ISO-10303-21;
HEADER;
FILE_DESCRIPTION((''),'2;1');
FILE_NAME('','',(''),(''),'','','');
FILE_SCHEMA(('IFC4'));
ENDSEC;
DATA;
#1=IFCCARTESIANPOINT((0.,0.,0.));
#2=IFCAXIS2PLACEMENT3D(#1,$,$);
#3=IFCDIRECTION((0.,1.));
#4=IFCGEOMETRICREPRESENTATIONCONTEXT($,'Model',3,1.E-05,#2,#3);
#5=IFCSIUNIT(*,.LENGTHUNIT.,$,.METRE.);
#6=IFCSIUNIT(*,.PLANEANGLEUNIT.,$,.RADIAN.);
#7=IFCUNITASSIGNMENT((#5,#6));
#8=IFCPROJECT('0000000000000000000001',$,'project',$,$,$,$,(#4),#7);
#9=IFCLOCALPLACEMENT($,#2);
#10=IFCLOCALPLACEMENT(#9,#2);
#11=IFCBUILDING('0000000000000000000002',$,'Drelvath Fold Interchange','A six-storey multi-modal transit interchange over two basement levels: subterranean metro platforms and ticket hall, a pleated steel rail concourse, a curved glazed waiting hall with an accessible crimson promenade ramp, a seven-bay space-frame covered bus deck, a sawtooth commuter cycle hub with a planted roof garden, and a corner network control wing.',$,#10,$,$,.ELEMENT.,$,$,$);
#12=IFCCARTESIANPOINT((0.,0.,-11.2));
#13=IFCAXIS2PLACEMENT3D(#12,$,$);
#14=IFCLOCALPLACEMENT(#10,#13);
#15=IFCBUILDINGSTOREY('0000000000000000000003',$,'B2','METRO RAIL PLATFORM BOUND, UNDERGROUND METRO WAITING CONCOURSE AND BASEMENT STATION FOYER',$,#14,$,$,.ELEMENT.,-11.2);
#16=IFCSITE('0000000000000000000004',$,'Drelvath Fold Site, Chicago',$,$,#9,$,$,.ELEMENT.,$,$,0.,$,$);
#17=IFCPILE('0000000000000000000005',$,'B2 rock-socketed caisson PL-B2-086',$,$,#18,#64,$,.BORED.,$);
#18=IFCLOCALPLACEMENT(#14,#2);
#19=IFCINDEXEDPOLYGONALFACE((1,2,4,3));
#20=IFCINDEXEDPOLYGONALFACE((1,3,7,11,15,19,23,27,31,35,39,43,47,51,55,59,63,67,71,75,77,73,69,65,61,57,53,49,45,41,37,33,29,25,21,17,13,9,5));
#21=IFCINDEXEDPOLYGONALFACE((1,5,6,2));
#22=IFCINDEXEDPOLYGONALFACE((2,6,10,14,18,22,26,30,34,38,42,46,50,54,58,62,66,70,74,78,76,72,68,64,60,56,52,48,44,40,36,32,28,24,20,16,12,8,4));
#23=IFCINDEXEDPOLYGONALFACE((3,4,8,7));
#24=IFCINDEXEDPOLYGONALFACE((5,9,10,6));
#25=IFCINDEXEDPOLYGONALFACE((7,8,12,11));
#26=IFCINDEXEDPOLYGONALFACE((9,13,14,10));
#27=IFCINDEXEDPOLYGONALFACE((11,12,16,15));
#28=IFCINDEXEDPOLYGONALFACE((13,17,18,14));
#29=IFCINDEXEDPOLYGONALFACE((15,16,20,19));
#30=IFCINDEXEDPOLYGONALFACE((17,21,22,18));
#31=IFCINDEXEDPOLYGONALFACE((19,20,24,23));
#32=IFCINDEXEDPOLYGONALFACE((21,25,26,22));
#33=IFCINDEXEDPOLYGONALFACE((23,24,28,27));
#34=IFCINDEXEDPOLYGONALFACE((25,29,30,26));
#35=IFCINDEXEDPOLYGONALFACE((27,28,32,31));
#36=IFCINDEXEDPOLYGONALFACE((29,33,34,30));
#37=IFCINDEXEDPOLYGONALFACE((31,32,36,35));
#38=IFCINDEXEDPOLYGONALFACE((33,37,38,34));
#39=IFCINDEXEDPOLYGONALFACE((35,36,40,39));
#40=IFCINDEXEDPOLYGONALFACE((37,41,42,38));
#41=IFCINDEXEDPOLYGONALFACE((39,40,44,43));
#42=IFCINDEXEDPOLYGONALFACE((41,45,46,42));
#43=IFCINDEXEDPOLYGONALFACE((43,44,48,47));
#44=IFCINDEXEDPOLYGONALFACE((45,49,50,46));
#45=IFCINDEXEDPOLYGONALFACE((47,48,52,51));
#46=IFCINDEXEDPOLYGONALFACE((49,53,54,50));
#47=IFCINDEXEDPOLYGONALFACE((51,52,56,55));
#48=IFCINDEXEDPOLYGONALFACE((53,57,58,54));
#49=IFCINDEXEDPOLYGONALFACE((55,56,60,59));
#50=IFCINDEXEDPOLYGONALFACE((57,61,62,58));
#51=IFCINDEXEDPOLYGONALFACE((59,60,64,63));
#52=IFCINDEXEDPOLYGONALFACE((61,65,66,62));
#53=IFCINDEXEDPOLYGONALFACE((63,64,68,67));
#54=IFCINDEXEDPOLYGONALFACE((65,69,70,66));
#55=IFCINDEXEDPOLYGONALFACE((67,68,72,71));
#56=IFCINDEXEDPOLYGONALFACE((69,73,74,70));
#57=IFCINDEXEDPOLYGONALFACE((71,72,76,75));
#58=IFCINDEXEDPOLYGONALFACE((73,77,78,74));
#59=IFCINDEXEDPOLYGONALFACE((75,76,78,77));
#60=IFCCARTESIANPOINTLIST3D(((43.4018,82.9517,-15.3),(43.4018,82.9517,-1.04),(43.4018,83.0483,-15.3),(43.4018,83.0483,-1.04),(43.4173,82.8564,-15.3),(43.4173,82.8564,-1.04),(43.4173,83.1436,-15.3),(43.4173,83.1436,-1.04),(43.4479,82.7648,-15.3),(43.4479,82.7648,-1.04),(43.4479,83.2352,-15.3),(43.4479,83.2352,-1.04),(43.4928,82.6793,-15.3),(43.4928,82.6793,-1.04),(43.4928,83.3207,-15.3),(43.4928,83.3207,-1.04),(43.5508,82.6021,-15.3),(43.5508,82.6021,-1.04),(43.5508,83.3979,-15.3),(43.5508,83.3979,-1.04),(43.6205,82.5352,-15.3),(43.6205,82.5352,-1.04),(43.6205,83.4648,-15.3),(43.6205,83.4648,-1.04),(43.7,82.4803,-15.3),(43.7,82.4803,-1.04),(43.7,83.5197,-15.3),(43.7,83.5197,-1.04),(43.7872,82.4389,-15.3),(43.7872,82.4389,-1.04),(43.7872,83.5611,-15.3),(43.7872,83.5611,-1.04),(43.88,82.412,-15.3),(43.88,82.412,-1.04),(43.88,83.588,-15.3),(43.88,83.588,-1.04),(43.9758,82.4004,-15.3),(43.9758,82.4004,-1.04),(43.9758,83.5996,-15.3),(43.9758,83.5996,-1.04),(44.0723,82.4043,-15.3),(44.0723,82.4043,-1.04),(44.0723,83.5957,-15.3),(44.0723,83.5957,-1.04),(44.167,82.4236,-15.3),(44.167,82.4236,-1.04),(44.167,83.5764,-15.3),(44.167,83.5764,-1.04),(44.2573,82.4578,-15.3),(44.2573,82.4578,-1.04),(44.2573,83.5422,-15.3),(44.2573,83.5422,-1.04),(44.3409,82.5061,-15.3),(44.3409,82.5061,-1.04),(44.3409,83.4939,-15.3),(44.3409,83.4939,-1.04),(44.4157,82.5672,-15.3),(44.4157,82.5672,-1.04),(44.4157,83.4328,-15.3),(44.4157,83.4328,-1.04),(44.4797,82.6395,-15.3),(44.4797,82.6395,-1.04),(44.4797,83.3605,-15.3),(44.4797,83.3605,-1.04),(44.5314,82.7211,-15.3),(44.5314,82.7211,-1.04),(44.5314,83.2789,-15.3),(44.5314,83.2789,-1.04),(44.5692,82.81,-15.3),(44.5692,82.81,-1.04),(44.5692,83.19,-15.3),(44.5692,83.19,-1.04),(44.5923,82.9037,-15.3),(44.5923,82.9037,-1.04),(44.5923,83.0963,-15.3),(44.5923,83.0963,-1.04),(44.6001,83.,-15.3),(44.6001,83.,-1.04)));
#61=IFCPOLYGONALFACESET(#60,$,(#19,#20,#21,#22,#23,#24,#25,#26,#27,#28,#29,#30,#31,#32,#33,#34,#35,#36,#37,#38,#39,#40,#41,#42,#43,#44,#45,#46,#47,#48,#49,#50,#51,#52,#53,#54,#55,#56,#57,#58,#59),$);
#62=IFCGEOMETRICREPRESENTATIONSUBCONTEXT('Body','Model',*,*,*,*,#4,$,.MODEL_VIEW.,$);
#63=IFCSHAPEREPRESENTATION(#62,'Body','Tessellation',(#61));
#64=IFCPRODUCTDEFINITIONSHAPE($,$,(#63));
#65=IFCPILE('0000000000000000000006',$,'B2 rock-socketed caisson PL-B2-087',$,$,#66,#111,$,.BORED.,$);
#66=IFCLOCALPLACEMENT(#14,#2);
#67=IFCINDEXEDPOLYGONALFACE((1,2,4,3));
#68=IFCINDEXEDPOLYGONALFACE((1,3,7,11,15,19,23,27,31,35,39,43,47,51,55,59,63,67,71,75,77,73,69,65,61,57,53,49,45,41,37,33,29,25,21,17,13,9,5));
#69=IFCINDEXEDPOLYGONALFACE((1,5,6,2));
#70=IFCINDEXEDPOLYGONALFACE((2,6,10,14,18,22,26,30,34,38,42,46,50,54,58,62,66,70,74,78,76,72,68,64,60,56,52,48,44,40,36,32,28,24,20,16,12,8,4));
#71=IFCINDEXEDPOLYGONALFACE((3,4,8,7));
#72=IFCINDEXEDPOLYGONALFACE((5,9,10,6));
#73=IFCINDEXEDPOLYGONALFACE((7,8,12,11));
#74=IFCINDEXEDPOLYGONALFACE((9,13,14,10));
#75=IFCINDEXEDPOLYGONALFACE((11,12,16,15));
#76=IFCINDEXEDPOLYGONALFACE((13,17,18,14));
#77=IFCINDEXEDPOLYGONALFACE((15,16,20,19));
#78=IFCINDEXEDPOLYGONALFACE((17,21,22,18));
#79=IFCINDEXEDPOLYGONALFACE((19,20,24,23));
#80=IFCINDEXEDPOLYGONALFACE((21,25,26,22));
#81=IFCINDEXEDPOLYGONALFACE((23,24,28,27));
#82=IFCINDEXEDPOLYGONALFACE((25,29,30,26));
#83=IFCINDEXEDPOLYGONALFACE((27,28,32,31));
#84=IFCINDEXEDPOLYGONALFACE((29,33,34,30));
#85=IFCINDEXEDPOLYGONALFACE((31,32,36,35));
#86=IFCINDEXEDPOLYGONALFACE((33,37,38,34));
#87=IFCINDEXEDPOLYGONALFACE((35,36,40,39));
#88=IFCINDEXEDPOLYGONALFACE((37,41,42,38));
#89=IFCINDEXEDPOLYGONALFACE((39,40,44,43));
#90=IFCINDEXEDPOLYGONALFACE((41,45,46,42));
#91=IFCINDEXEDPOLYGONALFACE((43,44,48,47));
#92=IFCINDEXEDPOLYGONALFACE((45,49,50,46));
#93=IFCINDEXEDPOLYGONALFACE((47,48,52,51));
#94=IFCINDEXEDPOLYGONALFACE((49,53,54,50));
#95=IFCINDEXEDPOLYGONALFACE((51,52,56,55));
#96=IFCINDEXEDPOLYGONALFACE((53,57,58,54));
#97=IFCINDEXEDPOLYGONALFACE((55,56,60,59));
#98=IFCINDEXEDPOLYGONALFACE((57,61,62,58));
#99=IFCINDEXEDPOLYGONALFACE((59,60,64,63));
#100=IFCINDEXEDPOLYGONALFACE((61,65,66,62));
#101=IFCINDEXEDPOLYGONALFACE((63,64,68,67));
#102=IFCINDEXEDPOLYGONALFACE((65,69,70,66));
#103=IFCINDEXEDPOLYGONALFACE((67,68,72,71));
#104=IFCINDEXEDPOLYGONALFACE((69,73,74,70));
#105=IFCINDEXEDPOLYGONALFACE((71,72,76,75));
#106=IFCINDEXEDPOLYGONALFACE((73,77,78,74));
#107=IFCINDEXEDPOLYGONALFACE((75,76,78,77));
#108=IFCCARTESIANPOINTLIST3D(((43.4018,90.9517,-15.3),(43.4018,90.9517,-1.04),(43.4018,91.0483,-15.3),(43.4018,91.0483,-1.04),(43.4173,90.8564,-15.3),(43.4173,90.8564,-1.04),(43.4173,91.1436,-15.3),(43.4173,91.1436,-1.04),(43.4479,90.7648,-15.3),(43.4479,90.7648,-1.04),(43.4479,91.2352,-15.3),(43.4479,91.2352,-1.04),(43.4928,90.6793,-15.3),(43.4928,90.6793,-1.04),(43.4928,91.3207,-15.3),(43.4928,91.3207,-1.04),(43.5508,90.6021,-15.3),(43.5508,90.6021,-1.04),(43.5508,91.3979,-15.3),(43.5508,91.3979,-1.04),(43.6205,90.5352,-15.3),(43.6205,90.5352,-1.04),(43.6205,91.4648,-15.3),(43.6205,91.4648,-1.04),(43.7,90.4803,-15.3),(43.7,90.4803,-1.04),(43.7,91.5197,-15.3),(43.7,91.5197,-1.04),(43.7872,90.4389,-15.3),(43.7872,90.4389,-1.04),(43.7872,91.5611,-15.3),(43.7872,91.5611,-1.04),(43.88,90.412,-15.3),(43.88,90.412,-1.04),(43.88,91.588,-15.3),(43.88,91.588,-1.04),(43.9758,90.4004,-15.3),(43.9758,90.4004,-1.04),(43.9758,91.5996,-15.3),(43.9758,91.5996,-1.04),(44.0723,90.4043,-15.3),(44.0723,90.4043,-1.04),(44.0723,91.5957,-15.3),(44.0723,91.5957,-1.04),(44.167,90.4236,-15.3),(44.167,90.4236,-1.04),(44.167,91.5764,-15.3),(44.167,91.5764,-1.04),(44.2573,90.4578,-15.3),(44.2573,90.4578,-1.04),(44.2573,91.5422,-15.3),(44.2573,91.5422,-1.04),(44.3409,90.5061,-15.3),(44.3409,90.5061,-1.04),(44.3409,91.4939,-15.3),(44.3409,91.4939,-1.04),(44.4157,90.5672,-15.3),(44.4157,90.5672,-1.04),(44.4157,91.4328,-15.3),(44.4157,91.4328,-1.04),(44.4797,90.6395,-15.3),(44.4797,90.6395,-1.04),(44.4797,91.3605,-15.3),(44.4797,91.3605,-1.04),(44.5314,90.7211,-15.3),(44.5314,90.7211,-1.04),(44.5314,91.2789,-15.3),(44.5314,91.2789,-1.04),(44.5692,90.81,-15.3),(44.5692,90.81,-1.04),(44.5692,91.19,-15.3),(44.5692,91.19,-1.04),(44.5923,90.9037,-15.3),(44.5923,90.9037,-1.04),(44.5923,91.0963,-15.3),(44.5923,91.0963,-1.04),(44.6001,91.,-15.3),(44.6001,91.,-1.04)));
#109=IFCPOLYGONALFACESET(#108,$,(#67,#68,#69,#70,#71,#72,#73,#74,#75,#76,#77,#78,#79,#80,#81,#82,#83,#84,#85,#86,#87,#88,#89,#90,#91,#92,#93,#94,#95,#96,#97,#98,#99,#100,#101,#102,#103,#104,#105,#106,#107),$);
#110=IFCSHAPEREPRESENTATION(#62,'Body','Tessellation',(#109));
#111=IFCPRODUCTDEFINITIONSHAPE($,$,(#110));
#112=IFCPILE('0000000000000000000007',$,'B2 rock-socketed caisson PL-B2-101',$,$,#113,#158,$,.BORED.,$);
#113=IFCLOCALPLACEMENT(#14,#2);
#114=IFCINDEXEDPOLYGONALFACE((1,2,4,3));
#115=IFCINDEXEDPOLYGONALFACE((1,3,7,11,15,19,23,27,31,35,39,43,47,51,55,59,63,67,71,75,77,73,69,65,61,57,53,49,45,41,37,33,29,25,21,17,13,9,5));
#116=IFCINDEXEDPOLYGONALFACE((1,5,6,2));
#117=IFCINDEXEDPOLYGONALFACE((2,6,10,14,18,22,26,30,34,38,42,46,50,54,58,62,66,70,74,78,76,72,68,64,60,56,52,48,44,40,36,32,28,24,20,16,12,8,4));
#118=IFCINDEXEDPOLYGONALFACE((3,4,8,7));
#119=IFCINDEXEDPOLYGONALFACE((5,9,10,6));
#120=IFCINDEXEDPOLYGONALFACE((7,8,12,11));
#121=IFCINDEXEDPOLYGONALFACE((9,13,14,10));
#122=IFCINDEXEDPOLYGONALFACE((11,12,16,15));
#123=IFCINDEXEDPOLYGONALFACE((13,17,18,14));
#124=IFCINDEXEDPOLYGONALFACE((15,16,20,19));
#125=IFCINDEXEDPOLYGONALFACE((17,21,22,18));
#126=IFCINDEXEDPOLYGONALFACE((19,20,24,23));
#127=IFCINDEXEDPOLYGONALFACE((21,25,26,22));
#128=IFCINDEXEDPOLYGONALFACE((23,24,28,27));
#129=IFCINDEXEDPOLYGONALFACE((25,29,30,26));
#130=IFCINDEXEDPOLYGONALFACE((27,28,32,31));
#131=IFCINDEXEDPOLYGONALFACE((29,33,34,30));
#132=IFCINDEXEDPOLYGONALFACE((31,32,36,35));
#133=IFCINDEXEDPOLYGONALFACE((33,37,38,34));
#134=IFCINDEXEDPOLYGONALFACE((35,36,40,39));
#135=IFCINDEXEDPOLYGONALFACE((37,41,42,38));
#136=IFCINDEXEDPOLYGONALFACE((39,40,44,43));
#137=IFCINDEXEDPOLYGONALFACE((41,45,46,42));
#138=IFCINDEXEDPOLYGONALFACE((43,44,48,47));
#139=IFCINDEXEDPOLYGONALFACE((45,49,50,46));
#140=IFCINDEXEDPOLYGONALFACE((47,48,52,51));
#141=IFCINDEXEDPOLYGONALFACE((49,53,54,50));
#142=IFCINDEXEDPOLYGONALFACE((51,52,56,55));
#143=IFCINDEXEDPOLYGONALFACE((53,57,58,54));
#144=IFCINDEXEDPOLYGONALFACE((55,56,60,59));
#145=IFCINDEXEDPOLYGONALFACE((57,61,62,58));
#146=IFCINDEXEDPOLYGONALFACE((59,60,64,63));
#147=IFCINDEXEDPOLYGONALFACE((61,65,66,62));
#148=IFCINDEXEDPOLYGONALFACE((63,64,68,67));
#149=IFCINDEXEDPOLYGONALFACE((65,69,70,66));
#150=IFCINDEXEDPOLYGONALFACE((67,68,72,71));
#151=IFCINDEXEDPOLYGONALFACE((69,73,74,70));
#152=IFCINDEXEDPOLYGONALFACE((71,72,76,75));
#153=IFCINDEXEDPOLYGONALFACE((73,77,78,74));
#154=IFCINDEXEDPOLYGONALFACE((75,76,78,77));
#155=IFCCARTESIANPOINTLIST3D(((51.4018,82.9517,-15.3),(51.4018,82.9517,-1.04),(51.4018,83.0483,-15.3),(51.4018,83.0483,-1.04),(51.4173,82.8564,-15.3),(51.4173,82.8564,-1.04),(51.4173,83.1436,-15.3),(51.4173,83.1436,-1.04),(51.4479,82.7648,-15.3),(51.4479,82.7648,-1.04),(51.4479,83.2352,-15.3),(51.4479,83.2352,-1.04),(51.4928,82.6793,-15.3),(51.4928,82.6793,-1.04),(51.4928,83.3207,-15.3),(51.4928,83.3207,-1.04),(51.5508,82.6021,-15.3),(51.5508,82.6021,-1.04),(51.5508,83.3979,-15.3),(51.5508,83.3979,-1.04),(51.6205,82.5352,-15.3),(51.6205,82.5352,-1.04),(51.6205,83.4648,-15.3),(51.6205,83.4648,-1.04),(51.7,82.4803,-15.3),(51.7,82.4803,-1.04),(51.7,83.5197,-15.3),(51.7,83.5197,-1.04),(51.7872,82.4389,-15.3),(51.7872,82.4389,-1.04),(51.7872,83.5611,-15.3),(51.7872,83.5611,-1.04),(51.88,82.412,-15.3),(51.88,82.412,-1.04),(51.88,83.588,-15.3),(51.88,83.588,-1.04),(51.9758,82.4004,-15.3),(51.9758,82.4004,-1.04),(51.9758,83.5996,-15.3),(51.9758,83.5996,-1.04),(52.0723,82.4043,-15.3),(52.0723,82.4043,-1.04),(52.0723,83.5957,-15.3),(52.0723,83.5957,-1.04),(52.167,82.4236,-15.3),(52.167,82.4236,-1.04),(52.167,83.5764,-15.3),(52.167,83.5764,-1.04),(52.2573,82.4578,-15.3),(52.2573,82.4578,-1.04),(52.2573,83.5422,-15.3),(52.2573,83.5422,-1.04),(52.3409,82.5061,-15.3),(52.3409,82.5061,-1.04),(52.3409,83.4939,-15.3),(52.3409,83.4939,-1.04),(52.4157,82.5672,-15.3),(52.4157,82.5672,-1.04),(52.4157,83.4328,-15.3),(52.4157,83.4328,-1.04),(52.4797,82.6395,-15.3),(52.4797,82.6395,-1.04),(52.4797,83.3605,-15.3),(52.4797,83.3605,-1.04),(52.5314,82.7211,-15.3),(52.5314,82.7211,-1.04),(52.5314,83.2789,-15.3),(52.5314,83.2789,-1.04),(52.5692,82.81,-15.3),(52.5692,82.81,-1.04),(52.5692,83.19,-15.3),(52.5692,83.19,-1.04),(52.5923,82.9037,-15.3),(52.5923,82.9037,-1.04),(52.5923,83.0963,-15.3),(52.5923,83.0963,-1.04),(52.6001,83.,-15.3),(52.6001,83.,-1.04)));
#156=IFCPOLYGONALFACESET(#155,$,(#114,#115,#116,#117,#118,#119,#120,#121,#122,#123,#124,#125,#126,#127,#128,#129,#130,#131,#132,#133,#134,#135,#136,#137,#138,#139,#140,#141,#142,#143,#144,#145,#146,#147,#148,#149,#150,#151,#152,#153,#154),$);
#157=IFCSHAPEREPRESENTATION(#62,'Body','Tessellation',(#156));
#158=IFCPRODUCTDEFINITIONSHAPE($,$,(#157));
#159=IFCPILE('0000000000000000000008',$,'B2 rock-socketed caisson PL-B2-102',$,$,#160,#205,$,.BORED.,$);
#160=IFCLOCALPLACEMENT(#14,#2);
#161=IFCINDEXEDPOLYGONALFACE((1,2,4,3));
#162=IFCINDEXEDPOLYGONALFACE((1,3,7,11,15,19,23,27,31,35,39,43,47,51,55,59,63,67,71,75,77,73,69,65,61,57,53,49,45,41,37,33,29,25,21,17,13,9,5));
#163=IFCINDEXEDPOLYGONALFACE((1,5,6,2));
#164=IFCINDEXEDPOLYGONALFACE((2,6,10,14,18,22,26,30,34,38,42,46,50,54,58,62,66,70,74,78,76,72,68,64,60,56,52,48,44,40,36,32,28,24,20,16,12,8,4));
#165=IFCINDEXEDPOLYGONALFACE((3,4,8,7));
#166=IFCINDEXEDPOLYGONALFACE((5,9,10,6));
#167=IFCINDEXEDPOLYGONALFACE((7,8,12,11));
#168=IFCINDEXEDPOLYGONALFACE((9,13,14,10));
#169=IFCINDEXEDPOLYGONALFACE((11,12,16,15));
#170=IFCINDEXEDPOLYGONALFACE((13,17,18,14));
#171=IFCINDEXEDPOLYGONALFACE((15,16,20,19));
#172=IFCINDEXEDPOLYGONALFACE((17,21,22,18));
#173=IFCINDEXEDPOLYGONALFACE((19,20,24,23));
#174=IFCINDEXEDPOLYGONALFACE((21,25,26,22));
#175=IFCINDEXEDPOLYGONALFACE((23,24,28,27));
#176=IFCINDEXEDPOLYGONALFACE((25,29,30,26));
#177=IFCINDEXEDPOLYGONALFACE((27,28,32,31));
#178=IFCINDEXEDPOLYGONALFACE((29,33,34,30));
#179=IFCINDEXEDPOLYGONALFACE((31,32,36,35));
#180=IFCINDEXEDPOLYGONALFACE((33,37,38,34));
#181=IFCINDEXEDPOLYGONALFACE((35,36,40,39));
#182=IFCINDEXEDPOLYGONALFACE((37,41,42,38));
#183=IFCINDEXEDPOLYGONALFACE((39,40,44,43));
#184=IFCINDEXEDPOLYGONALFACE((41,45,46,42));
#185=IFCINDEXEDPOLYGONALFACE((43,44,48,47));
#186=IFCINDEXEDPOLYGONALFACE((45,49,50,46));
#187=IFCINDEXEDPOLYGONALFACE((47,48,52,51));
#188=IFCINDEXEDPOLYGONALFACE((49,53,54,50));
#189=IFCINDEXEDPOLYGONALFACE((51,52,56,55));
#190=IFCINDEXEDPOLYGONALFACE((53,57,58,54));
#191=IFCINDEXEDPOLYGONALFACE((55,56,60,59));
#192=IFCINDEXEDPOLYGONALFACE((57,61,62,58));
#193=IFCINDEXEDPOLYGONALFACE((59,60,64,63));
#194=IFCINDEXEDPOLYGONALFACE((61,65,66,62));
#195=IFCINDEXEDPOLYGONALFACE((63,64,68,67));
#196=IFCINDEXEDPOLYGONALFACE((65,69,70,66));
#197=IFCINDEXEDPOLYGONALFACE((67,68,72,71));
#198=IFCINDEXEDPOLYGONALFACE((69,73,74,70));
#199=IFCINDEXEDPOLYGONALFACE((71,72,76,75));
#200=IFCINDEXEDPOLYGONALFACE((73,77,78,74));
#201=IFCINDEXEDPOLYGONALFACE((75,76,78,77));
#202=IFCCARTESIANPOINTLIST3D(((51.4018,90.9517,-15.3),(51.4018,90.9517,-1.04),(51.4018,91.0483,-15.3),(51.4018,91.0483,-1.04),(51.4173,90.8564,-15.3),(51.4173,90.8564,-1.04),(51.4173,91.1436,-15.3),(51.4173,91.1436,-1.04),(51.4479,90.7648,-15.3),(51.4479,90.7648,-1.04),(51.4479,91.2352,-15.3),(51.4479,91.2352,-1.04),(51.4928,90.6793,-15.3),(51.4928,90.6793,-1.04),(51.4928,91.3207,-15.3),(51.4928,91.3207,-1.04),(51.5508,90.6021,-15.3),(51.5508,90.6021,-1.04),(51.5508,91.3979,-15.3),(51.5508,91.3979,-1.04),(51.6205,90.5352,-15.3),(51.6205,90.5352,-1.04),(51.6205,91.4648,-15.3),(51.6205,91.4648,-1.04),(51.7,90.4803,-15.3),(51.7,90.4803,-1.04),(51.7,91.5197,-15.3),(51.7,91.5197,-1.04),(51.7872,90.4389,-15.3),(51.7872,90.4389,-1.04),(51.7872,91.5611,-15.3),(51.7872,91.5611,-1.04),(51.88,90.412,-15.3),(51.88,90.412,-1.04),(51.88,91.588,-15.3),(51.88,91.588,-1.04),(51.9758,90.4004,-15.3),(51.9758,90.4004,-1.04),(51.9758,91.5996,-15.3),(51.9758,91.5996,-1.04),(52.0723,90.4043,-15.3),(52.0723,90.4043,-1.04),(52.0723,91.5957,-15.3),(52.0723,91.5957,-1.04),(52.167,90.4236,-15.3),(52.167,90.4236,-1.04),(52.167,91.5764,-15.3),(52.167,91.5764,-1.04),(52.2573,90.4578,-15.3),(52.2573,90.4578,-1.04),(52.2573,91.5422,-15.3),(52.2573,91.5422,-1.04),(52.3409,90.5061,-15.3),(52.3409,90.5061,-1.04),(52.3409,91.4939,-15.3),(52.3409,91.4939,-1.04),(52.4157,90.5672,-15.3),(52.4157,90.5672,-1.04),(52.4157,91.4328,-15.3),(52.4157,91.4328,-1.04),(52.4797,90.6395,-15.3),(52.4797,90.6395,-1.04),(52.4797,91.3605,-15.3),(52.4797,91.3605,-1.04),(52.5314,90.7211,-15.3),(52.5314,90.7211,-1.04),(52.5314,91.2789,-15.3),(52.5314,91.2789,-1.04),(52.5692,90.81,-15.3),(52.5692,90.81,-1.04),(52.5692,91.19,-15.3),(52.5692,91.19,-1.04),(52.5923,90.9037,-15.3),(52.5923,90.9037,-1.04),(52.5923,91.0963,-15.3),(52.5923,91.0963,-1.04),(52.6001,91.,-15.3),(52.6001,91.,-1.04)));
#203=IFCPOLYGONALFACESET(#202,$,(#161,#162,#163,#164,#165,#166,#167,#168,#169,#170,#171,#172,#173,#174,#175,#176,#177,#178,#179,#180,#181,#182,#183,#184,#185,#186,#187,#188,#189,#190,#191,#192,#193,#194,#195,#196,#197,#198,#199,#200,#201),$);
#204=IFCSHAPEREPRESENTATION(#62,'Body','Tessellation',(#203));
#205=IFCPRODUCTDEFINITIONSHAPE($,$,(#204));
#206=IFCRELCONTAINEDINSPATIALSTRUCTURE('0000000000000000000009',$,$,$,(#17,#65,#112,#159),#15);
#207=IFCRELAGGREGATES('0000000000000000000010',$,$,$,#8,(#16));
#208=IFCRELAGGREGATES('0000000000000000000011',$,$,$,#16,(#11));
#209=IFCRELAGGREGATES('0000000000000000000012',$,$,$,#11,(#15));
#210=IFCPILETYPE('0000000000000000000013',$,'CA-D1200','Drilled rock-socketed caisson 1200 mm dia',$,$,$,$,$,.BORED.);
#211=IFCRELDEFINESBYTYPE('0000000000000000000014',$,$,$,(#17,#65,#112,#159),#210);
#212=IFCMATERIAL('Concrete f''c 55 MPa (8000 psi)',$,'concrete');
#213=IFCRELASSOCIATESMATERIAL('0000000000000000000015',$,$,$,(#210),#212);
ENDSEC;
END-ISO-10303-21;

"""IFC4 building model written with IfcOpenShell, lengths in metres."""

from ifc_helpers import new_model, si_unit, direction, frame, origin, origin_2d, place, context, subcontext, project, spatial, circle, extrude, material, material_profile, profile_set, type_object, element, save


model = new_model("IFC4")

# Units and contexts
model_context = context("Model", 3, precision=1e-05, world=origin(), true_north=direction((0.0, 1.0)))
body_context = subcontext(model_context, "Body", "Model", "MODEL_VIEW")
ifc_project = project(units=[si_unit("LENGTHUNIT", "METRE"), si_unit("PLANEANGLEUNIT", "RADIAN")], contexts=[model_context])

# Site, building, storey
site_placement = place(None, origin())
site = spatial("IfcSite", under=ifc_project, at=site_placement, Name="Drelvath Fold Site, Chicago", CompositionType="ELEMENT", RefElevation=0.0)
building_placement = place(site_placement, origin())
building = spatial("IfcBuilding", under=site, at=building_placement, Name="Drelvath Fold Interchange", Description="A six-storey multi-modal transit interchange over two basement levels: subterranean metro platforms and ticket hall, a pleated steel rail concourse, a curved glazed waiting hall with an accessible crimson promenade ramp, a seven-bay space-frame covered bus deck, a sawtooth commuter cycle hub with a planted roof garden, and a corner network control wing.", CompositionType="ELEMENT")
storey_placement = place(building_placement, frame((0.0, 0.0, -11.2)))
storey = spatial("IfcBuildingStorey", under=building, at=storey_placement, Name="B2", Description="METRO RAIL PLATFORM BOUND, UNDERGROUND METRO WAITING CONCOURSE AND BASEMENT STATION FOYER", CompositionType="ELEMENT", Elevation=-11.2)

# Piles
ifc_material_1 = material(Name="Concrete f'c 55 MPa (8000 psi)", Category="concrete")
ifc_material_profile_1 = material_profile(ifc_material_1, circle(Radius=0.6001, at=origin_2d()), Name="CAISSON D1200")
ifc_profile_set_1 = profile_set([ifc_material_profile_1], Name="Concrete f'c 55 MPa (8000 psi)")
pile_type = type_object("IfcPileType", Name="CA-D1200", Description="Drilled rock-socketed caisson 1200 mm dia", PredefinedType="BORED", material=ifc_profile_set_1)
for number, where, z_axis, x_axis, name in (
    (1, (44.0, 83.0, -1.04), (0.0, 0.0, -1.0), (1.0, 0.0, 0.0), "B2 rock-socketed caisson PL-B2-086"),
    (2, (44.0, 91.0, -1.04), (0.0, 0.0, -1.0), (1.0, 0.0, 0.0), "B2 rock-socketed caisson PL-B2-087"),
    (3, (52.0, 83.0, -1.04), (0.0, 0.0, -1.0), (1.0, 0.0, 0.0), "B2 rock-socketed caisson PL-B2-101"),
    (4, (52.0, 91.0, -1.04), (0.0, 0.0, -1.0), (1.0, 0.0, 0.0), "B2 rock-socketed caisson PL-B2-102"),
):
    element("IfcPile", number, at=place(storey_placement, frame(where, z_axis=z_axis, x_axis=x_axis)), inside=storey, type_object=pile_type, Name=name, PredefinedType="BORED", context=body_context, shape_type="SweptSolid", body=[
        extrude(circle(Radius=0.6001, at=origin_2d()), origin(), (0.0, 0.0, 1.0), 14.26),
    ])

save(model, "model.ifc")
